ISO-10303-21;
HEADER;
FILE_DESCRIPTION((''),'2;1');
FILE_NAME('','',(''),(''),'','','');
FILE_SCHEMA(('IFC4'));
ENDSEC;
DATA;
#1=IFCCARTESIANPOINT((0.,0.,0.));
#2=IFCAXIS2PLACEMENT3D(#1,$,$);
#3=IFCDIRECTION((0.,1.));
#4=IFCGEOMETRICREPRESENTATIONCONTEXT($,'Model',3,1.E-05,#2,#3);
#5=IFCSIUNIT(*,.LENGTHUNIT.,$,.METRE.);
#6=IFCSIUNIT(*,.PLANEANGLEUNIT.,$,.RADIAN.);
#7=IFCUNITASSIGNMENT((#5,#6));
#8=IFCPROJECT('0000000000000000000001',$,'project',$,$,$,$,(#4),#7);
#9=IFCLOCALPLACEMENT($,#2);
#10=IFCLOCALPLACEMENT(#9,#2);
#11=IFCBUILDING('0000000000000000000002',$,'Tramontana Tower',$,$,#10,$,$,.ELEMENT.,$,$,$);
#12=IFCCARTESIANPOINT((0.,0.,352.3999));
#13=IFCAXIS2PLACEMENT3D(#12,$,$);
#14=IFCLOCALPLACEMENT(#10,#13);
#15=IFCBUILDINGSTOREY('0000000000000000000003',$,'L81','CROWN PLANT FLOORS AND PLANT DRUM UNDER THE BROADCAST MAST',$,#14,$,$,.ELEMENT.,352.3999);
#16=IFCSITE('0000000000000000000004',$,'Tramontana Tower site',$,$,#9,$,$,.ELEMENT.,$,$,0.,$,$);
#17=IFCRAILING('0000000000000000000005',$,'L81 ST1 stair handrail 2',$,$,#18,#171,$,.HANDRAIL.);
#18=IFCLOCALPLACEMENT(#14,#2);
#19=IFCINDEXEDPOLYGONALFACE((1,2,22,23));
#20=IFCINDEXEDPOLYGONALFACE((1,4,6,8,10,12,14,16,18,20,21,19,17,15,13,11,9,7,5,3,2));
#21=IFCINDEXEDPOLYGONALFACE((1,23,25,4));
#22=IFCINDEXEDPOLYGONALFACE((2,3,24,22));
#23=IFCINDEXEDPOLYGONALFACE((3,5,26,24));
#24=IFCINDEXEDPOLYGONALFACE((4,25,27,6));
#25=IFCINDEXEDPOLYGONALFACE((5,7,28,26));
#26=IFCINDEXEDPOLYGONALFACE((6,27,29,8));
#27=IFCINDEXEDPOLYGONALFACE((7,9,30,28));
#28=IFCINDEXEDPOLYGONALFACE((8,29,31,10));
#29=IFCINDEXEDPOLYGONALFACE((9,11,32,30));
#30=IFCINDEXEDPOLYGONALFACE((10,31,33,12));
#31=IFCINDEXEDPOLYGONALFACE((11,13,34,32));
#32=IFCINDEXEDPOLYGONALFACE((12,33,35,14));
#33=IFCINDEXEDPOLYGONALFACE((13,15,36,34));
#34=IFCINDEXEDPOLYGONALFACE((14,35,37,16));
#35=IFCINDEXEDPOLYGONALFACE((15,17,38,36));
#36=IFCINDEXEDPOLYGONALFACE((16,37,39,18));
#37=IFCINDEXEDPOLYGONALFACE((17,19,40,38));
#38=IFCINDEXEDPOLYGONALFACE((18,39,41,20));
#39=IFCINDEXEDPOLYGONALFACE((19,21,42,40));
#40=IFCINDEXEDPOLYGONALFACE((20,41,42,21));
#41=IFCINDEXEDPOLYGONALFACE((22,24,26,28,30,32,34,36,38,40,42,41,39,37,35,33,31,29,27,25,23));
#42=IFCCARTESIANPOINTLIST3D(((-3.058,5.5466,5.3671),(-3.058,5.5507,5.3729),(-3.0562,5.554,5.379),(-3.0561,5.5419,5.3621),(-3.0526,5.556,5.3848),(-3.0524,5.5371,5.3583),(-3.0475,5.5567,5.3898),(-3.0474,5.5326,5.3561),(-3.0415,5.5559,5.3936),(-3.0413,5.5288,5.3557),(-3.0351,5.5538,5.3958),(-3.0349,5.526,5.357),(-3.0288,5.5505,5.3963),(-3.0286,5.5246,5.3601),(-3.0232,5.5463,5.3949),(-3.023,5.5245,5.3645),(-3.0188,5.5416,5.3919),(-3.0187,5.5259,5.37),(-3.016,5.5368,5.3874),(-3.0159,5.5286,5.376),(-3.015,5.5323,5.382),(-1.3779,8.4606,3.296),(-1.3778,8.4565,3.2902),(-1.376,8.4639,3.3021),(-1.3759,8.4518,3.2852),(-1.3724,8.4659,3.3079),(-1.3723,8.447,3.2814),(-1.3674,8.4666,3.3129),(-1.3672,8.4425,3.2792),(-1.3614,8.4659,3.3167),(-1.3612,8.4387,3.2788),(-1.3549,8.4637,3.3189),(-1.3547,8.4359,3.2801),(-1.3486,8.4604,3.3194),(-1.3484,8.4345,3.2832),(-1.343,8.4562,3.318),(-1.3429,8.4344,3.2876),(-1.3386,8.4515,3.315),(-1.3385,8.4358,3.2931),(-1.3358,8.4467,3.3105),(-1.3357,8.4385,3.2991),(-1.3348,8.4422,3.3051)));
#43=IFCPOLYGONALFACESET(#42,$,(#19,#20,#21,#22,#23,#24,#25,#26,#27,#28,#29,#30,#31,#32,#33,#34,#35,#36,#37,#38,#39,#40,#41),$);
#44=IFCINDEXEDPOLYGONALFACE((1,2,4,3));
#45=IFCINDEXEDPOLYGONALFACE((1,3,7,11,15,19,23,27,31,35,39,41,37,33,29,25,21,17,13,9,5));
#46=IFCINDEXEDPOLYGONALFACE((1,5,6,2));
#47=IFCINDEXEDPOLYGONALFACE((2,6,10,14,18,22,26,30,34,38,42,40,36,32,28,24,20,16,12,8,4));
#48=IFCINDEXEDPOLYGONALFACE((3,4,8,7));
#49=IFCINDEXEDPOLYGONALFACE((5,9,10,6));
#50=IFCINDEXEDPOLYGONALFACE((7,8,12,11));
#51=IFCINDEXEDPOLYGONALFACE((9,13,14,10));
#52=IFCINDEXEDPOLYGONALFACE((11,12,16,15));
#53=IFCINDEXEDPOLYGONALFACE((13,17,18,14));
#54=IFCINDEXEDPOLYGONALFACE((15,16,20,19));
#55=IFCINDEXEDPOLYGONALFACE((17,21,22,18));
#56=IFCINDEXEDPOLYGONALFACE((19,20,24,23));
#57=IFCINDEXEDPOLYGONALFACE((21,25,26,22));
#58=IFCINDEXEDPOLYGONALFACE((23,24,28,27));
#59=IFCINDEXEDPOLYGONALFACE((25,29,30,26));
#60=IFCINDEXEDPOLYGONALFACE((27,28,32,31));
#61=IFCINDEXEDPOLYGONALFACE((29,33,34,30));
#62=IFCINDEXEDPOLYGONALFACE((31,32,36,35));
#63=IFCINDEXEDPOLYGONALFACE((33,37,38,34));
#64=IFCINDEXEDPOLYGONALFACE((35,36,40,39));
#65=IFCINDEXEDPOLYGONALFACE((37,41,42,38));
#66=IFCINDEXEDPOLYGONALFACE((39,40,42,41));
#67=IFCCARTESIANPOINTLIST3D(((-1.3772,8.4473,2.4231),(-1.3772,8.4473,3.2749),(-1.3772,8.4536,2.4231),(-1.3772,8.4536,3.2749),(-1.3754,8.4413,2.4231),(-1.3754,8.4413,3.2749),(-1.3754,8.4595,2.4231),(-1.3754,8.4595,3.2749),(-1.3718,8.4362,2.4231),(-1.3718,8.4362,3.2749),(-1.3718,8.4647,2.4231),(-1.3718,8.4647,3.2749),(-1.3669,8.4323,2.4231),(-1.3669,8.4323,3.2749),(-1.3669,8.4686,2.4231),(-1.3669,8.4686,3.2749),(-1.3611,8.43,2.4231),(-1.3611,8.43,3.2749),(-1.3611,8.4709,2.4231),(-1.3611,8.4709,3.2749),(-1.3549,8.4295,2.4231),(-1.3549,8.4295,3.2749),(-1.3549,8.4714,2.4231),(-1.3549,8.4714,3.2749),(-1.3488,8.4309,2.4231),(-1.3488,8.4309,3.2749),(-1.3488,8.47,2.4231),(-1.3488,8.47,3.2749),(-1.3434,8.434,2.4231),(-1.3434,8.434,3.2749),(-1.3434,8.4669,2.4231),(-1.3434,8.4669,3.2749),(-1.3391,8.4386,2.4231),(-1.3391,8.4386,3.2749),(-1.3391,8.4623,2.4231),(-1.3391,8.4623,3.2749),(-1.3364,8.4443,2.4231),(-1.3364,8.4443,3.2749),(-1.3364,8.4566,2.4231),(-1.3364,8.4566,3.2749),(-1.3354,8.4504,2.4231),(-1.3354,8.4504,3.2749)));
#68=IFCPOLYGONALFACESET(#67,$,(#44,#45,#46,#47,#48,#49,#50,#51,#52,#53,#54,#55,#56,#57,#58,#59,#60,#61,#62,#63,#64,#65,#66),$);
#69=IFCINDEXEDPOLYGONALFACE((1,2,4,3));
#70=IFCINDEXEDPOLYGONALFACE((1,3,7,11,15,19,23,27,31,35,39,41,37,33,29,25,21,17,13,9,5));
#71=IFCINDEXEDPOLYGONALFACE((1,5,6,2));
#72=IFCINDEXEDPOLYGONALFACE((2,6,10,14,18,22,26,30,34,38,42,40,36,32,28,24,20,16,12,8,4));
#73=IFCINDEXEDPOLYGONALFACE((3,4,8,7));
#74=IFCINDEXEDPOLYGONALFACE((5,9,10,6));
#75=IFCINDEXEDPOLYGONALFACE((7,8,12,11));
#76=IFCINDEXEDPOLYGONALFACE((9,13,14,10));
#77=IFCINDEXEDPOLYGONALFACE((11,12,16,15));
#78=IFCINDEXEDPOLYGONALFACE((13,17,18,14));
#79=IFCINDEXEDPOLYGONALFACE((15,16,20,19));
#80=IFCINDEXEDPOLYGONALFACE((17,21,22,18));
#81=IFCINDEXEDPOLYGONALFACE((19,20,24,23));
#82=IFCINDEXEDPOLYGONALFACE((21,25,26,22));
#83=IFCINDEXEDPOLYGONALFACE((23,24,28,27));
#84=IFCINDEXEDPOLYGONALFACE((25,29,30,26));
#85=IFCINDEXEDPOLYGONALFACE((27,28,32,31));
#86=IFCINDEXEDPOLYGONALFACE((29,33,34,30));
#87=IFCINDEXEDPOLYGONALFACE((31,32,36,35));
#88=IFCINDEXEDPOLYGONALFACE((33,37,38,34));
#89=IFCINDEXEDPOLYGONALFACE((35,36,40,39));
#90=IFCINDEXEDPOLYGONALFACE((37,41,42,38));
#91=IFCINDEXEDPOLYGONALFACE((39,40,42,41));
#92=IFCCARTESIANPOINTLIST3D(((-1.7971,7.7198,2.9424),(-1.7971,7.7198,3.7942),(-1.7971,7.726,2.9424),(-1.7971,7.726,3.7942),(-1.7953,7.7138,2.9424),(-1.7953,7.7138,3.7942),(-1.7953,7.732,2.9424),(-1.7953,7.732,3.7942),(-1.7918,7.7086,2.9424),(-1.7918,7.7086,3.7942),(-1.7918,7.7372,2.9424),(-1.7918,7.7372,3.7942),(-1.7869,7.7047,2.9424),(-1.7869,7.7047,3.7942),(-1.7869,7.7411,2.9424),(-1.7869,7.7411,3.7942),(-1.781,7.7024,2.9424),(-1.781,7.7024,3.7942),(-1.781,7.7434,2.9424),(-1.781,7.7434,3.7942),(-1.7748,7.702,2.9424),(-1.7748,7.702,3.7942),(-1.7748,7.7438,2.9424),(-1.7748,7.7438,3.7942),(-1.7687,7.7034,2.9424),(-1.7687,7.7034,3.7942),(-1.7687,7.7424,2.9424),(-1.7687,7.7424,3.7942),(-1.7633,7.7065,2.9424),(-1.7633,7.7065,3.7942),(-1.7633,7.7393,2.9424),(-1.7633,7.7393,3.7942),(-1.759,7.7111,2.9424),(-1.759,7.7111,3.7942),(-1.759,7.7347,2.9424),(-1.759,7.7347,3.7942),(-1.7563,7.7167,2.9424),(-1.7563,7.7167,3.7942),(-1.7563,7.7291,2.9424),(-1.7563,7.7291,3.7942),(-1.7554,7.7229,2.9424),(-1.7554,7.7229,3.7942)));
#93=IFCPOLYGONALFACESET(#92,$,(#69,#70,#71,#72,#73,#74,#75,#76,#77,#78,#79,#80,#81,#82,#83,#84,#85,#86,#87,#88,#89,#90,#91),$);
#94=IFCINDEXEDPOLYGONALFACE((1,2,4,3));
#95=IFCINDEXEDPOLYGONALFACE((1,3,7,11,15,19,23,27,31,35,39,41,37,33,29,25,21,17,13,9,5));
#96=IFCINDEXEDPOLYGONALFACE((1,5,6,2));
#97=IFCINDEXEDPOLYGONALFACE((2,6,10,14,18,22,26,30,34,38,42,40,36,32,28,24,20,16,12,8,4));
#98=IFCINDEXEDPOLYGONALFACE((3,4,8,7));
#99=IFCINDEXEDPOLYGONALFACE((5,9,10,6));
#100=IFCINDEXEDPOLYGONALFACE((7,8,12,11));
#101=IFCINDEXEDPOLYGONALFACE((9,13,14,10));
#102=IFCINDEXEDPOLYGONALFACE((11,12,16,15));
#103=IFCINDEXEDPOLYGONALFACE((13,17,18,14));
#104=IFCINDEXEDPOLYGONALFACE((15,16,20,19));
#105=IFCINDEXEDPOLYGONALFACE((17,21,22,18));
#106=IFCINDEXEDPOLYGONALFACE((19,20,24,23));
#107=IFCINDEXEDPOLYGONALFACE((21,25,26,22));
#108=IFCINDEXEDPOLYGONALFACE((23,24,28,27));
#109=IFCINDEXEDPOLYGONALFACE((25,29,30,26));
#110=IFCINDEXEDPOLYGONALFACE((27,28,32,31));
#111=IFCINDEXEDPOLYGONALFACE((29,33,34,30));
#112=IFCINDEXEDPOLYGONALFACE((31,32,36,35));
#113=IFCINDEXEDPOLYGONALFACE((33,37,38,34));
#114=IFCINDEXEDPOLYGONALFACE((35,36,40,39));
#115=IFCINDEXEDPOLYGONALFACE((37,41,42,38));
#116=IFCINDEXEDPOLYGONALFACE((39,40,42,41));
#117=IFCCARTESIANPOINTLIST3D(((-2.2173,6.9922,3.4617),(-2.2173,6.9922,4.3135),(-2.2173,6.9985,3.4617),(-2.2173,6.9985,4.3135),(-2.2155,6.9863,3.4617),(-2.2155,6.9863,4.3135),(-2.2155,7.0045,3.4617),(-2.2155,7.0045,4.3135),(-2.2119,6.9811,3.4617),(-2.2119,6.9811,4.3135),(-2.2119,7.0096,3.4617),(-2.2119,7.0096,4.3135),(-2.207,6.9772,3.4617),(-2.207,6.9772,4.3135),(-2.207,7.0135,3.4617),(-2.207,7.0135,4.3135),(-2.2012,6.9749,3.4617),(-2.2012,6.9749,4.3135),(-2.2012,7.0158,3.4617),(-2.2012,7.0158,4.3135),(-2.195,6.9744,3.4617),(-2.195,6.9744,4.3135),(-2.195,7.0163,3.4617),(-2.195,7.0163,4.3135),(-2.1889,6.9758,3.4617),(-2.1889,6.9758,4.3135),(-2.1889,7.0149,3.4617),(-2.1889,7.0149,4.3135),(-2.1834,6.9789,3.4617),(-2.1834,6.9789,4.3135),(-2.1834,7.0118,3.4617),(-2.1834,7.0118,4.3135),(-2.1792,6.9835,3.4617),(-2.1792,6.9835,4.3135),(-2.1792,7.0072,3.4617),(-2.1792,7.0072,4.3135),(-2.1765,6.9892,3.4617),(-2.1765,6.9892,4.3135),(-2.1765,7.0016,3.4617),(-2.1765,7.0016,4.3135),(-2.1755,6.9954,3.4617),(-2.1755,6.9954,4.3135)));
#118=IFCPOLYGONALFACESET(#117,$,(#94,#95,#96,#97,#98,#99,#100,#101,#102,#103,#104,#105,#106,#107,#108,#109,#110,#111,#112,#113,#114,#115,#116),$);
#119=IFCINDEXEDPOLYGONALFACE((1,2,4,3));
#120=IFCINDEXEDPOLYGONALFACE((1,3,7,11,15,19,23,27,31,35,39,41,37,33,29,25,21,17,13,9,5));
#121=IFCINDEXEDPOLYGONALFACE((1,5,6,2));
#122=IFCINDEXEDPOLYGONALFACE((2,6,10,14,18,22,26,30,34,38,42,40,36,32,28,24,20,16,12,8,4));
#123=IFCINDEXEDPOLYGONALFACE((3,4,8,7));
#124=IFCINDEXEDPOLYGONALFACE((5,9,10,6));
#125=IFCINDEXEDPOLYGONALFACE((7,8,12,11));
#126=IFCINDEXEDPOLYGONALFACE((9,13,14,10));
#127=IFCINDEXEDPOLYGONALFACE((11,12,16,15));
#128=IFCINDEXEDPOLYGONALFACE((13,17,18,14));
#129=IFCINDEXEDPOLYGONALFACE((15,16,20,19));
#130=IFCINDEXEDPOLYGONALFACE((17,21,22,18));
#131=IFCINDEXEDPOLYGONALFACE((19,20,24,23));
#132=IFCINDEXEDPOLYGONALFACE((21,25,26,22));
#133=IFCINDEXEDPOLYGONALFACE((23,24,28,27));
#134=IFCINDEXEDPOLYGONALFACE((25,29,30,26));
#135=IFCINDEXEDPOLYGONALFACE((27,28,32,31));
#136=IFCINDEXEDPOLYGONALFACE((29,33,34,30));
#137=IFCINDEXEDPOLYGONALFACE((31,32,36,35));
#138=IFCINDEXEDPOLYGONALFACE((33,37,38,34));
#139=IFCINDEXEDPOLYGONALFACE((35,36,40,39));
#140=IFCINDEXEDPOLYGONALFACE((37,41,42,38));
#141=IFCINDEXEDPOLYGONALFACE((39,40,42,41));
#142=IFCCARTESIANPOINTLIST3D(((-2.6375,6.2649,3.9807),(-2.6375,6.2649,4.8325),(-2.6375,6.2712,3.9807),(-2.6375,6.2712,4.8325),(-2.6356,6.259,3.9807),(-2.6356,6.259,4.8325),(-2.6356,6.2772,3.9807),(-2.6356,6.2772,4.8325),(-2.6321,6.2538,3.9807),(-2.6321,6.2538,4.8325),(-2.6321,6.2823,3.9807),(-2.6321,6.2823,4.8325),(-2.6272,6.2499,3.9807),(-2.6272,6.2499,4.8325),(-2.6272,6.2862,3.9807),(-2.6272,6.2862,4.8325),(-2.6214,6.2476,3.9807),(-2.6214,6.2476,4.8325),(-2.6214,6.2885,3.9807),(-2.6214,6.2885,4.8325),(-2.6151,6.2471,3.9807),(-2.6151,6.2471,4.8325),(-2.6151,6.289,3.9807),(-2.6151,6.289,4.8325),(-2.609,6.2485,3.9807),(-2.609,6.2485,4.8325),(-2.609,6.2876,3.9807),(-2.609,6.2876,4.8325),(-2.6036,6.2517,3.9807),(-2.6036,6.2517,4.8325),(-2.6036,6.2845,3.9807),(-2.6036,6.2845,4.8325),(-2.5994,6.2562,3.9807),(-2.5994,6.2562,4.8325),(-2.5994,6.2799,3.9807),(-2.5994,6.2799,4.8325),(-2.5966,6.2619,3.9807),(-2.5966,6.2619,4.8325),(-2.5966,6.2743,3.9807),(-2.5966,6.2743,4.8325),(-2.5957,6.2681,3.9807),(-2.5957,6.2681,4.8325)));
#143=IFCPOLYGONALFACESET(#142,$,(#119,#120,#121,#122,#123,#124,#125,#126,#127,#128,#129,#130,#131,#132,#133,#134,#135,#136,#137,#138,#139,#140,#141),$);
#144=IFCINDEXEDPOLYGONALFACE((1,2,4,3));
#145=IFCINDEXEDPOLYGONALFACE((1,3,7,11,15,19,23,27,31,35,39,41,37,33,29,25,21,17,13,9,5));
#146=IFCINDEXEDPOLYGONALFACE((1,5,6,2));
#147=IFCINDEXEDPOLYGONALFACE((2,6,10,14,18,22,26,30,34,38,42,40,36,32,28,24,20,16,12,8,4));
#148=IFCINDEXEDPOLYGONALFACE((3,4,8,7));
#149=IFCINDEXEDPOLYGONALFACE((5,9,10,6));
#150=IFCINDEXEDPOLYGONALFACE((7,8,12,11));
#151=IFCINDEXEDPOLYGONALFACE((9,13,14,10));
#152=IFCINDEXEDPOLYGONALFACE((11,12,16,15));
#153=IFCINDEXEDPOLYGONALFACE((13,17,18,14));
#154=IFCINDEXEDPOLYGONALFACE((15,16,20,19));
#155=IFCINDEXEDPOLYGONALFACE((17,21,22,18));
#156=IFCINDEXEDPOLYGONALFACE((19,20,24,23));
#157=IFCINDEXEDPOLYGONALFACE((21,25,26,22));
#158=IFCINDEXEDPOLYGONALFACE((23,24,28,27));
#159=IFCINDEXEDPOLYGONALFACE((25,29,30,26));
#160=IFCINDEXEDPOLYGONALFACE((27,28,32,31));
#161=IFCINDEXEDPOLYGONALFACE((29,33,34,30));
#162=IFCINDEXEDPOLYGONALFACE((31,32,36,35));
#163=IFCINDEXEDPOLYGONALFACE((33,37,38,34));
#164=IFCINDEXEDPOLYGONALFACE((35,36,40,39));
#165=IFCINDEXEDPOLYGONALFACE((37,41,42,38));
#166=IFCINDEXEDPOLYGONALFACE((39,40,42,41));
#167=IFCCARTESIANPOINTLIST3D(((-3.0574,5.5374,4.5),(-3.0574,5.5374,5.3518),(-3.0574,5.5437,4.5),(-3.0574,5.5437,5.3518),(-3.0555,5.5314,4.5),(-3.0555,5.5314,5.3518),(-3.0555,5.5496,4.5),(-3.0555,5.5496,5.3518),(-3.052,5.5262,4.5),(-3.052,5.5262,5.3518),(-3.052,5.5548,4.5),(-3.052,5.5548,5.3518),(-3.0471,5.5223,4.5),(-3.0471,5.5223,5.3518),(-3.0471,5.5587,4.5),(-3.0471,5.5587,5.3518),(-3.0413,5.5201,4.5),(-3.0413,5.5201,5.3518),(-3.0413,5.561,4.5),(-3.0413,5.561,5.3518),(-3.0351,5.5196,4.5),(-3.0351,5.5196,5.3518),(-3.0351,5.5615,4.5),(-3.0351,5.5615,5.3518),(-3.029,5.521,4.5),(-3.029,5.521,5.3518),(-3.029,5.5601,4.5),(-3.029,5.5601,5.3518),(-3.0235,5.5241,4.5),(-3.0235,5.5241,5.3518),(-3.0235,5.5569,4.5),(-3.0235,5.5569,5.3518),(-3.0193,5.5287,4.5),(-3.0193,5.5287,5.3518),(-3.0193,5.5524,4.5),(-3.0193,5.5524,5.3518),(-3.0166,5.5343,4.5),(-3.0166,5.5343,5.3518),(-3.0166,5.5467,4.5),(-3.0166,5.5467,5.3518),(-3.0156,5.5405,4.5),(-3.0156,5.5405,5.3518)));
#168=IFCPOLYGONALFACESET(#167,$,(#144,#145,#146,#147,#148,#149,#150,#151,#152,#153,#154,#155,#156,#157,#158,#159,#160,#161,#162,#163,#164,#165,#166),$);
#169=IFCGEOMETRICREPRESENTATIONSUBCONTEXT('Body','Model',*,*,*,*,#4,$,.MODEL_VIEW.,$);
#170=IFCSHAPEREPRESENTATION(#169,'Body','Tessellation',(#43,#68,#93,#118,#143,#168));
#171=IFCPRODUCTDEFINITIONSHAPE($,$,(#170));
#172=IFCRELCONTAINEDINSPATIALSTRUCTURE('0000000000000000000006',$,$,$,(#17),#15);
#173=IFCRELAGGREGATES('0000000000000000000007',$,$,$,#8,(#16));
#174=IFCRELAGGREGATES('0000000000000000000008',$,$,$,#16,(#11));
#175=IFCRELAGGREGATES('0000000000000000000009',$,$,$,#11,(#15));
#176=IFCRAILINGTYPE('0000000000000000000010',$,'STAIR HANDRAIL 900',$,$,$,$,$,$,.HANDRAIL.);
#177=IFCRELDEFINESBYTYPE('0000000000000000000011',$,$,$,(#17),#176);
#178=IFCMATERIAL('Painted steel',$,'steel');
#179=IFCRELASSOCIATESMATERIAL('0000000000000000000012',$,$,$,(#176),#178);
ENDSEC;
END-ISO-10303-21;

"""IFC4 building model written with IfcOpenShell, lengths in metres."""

from ifc_helpers import new_model, si_unit, direction, frame, origin, origin_2d, place, context, subcontext, project, spatial, circle, extrude, material, type_object, element, save


model = new_model("IFC4")

# Units and contexts
model_context = context("Model", 3, precision=1e-05, world=origin(), true_north=direction((0.0, 1.0)))
body_context = subcontext(model_context, "Body", "Model", "MODEL_VIEW")
ifc_project = project(units=[si_unit("LENGTHUNIT", "METRE"), si_unit("PLANEANGLEUNIT", "RADIAN")], contexts=[model_context])

# Site, building, storey
site_placement = place(None, origin())
site = spatial("IfcSite", under=ifc_project, at=site_placement, Name="Tramontana Tower site", CompositionType="ELEMENT", RefElevation=0.0)
building_placement = place(site_placement, origin())
building = spatial("IfcBuilding", under=site, at=building_placement, Name="Tramontana Tower", CompositionType="ELEMENT")
storey_placement = place(building_placement, frame((0.0, 0.0, 352.3999)))
storey = spatial("IfcBuildingStorey", under=building, at=storey_placement, Name="L81", Description="CROWN PLANT FLOORS AND PLANT DRUM UNDER THE BROADCAST MAST", CompositionType="ELEMENT", Elevation=352.3999)

# Railing
ifc_material_1 = material(Name="Painted steel", Category="steel")
railing_type_1 = type_object("IfcRailingType", Name="STAIR HANDRAIL 900", PredefinedType="HANDRAIL", material=ifc_material_1)
railing_1_placement = place(storey_placement, frame((-1.3564, 8.4504, 2.4231)))
element("IfcRailing", 1, at=railing_1_placement, inside=storey, type_object=railing_type_1, Name="L81 ST1 stair handrail 2", PredefinedType="HANDRAIL", context=body_context, shape_type="SweptSolid", body=[
    extrude(circle(Radius=0.0239, at=origin_2d()), frame((0.0, 0.0, 0.876), z_axis=(-0.425339, -0.736649, 0.525771), x_axis=(0.866008, -0.500031, 0.0)), (0.0, 0.0, 1.0), 3.9502),
    extrude(circle(Radius=0.021, at=origin_2d()), origin(), (0.0, 0.0, 1.0), 0.8518),
    extrude(circle(Radius=0.021, at=origin_2d()), frame((-0.4199, -0.7275, 0.5193)), (0.0, 0.0, 1.0), 0.8518),
    extrude(circle(Radius=0.021, at=origin_2d()), frame((-0.8401, -1.4551, 1.0386)), (0.0, 0.0, 1.0), 0.8518),
    extrude(circle(Radius=0.021, at=origin_2d()), frame((-1.2603, -2.1824, 1.5576)), (0.0, 0.0, 1.0), 0.8518),
    extrude(circle(Radius=0.021, at=origin_2d()), frame((-1.6802, -2.9099, 2.0769)), (0.0, 0.0, 1.0), 0.8518),
])

save(model, "model.ifc")
